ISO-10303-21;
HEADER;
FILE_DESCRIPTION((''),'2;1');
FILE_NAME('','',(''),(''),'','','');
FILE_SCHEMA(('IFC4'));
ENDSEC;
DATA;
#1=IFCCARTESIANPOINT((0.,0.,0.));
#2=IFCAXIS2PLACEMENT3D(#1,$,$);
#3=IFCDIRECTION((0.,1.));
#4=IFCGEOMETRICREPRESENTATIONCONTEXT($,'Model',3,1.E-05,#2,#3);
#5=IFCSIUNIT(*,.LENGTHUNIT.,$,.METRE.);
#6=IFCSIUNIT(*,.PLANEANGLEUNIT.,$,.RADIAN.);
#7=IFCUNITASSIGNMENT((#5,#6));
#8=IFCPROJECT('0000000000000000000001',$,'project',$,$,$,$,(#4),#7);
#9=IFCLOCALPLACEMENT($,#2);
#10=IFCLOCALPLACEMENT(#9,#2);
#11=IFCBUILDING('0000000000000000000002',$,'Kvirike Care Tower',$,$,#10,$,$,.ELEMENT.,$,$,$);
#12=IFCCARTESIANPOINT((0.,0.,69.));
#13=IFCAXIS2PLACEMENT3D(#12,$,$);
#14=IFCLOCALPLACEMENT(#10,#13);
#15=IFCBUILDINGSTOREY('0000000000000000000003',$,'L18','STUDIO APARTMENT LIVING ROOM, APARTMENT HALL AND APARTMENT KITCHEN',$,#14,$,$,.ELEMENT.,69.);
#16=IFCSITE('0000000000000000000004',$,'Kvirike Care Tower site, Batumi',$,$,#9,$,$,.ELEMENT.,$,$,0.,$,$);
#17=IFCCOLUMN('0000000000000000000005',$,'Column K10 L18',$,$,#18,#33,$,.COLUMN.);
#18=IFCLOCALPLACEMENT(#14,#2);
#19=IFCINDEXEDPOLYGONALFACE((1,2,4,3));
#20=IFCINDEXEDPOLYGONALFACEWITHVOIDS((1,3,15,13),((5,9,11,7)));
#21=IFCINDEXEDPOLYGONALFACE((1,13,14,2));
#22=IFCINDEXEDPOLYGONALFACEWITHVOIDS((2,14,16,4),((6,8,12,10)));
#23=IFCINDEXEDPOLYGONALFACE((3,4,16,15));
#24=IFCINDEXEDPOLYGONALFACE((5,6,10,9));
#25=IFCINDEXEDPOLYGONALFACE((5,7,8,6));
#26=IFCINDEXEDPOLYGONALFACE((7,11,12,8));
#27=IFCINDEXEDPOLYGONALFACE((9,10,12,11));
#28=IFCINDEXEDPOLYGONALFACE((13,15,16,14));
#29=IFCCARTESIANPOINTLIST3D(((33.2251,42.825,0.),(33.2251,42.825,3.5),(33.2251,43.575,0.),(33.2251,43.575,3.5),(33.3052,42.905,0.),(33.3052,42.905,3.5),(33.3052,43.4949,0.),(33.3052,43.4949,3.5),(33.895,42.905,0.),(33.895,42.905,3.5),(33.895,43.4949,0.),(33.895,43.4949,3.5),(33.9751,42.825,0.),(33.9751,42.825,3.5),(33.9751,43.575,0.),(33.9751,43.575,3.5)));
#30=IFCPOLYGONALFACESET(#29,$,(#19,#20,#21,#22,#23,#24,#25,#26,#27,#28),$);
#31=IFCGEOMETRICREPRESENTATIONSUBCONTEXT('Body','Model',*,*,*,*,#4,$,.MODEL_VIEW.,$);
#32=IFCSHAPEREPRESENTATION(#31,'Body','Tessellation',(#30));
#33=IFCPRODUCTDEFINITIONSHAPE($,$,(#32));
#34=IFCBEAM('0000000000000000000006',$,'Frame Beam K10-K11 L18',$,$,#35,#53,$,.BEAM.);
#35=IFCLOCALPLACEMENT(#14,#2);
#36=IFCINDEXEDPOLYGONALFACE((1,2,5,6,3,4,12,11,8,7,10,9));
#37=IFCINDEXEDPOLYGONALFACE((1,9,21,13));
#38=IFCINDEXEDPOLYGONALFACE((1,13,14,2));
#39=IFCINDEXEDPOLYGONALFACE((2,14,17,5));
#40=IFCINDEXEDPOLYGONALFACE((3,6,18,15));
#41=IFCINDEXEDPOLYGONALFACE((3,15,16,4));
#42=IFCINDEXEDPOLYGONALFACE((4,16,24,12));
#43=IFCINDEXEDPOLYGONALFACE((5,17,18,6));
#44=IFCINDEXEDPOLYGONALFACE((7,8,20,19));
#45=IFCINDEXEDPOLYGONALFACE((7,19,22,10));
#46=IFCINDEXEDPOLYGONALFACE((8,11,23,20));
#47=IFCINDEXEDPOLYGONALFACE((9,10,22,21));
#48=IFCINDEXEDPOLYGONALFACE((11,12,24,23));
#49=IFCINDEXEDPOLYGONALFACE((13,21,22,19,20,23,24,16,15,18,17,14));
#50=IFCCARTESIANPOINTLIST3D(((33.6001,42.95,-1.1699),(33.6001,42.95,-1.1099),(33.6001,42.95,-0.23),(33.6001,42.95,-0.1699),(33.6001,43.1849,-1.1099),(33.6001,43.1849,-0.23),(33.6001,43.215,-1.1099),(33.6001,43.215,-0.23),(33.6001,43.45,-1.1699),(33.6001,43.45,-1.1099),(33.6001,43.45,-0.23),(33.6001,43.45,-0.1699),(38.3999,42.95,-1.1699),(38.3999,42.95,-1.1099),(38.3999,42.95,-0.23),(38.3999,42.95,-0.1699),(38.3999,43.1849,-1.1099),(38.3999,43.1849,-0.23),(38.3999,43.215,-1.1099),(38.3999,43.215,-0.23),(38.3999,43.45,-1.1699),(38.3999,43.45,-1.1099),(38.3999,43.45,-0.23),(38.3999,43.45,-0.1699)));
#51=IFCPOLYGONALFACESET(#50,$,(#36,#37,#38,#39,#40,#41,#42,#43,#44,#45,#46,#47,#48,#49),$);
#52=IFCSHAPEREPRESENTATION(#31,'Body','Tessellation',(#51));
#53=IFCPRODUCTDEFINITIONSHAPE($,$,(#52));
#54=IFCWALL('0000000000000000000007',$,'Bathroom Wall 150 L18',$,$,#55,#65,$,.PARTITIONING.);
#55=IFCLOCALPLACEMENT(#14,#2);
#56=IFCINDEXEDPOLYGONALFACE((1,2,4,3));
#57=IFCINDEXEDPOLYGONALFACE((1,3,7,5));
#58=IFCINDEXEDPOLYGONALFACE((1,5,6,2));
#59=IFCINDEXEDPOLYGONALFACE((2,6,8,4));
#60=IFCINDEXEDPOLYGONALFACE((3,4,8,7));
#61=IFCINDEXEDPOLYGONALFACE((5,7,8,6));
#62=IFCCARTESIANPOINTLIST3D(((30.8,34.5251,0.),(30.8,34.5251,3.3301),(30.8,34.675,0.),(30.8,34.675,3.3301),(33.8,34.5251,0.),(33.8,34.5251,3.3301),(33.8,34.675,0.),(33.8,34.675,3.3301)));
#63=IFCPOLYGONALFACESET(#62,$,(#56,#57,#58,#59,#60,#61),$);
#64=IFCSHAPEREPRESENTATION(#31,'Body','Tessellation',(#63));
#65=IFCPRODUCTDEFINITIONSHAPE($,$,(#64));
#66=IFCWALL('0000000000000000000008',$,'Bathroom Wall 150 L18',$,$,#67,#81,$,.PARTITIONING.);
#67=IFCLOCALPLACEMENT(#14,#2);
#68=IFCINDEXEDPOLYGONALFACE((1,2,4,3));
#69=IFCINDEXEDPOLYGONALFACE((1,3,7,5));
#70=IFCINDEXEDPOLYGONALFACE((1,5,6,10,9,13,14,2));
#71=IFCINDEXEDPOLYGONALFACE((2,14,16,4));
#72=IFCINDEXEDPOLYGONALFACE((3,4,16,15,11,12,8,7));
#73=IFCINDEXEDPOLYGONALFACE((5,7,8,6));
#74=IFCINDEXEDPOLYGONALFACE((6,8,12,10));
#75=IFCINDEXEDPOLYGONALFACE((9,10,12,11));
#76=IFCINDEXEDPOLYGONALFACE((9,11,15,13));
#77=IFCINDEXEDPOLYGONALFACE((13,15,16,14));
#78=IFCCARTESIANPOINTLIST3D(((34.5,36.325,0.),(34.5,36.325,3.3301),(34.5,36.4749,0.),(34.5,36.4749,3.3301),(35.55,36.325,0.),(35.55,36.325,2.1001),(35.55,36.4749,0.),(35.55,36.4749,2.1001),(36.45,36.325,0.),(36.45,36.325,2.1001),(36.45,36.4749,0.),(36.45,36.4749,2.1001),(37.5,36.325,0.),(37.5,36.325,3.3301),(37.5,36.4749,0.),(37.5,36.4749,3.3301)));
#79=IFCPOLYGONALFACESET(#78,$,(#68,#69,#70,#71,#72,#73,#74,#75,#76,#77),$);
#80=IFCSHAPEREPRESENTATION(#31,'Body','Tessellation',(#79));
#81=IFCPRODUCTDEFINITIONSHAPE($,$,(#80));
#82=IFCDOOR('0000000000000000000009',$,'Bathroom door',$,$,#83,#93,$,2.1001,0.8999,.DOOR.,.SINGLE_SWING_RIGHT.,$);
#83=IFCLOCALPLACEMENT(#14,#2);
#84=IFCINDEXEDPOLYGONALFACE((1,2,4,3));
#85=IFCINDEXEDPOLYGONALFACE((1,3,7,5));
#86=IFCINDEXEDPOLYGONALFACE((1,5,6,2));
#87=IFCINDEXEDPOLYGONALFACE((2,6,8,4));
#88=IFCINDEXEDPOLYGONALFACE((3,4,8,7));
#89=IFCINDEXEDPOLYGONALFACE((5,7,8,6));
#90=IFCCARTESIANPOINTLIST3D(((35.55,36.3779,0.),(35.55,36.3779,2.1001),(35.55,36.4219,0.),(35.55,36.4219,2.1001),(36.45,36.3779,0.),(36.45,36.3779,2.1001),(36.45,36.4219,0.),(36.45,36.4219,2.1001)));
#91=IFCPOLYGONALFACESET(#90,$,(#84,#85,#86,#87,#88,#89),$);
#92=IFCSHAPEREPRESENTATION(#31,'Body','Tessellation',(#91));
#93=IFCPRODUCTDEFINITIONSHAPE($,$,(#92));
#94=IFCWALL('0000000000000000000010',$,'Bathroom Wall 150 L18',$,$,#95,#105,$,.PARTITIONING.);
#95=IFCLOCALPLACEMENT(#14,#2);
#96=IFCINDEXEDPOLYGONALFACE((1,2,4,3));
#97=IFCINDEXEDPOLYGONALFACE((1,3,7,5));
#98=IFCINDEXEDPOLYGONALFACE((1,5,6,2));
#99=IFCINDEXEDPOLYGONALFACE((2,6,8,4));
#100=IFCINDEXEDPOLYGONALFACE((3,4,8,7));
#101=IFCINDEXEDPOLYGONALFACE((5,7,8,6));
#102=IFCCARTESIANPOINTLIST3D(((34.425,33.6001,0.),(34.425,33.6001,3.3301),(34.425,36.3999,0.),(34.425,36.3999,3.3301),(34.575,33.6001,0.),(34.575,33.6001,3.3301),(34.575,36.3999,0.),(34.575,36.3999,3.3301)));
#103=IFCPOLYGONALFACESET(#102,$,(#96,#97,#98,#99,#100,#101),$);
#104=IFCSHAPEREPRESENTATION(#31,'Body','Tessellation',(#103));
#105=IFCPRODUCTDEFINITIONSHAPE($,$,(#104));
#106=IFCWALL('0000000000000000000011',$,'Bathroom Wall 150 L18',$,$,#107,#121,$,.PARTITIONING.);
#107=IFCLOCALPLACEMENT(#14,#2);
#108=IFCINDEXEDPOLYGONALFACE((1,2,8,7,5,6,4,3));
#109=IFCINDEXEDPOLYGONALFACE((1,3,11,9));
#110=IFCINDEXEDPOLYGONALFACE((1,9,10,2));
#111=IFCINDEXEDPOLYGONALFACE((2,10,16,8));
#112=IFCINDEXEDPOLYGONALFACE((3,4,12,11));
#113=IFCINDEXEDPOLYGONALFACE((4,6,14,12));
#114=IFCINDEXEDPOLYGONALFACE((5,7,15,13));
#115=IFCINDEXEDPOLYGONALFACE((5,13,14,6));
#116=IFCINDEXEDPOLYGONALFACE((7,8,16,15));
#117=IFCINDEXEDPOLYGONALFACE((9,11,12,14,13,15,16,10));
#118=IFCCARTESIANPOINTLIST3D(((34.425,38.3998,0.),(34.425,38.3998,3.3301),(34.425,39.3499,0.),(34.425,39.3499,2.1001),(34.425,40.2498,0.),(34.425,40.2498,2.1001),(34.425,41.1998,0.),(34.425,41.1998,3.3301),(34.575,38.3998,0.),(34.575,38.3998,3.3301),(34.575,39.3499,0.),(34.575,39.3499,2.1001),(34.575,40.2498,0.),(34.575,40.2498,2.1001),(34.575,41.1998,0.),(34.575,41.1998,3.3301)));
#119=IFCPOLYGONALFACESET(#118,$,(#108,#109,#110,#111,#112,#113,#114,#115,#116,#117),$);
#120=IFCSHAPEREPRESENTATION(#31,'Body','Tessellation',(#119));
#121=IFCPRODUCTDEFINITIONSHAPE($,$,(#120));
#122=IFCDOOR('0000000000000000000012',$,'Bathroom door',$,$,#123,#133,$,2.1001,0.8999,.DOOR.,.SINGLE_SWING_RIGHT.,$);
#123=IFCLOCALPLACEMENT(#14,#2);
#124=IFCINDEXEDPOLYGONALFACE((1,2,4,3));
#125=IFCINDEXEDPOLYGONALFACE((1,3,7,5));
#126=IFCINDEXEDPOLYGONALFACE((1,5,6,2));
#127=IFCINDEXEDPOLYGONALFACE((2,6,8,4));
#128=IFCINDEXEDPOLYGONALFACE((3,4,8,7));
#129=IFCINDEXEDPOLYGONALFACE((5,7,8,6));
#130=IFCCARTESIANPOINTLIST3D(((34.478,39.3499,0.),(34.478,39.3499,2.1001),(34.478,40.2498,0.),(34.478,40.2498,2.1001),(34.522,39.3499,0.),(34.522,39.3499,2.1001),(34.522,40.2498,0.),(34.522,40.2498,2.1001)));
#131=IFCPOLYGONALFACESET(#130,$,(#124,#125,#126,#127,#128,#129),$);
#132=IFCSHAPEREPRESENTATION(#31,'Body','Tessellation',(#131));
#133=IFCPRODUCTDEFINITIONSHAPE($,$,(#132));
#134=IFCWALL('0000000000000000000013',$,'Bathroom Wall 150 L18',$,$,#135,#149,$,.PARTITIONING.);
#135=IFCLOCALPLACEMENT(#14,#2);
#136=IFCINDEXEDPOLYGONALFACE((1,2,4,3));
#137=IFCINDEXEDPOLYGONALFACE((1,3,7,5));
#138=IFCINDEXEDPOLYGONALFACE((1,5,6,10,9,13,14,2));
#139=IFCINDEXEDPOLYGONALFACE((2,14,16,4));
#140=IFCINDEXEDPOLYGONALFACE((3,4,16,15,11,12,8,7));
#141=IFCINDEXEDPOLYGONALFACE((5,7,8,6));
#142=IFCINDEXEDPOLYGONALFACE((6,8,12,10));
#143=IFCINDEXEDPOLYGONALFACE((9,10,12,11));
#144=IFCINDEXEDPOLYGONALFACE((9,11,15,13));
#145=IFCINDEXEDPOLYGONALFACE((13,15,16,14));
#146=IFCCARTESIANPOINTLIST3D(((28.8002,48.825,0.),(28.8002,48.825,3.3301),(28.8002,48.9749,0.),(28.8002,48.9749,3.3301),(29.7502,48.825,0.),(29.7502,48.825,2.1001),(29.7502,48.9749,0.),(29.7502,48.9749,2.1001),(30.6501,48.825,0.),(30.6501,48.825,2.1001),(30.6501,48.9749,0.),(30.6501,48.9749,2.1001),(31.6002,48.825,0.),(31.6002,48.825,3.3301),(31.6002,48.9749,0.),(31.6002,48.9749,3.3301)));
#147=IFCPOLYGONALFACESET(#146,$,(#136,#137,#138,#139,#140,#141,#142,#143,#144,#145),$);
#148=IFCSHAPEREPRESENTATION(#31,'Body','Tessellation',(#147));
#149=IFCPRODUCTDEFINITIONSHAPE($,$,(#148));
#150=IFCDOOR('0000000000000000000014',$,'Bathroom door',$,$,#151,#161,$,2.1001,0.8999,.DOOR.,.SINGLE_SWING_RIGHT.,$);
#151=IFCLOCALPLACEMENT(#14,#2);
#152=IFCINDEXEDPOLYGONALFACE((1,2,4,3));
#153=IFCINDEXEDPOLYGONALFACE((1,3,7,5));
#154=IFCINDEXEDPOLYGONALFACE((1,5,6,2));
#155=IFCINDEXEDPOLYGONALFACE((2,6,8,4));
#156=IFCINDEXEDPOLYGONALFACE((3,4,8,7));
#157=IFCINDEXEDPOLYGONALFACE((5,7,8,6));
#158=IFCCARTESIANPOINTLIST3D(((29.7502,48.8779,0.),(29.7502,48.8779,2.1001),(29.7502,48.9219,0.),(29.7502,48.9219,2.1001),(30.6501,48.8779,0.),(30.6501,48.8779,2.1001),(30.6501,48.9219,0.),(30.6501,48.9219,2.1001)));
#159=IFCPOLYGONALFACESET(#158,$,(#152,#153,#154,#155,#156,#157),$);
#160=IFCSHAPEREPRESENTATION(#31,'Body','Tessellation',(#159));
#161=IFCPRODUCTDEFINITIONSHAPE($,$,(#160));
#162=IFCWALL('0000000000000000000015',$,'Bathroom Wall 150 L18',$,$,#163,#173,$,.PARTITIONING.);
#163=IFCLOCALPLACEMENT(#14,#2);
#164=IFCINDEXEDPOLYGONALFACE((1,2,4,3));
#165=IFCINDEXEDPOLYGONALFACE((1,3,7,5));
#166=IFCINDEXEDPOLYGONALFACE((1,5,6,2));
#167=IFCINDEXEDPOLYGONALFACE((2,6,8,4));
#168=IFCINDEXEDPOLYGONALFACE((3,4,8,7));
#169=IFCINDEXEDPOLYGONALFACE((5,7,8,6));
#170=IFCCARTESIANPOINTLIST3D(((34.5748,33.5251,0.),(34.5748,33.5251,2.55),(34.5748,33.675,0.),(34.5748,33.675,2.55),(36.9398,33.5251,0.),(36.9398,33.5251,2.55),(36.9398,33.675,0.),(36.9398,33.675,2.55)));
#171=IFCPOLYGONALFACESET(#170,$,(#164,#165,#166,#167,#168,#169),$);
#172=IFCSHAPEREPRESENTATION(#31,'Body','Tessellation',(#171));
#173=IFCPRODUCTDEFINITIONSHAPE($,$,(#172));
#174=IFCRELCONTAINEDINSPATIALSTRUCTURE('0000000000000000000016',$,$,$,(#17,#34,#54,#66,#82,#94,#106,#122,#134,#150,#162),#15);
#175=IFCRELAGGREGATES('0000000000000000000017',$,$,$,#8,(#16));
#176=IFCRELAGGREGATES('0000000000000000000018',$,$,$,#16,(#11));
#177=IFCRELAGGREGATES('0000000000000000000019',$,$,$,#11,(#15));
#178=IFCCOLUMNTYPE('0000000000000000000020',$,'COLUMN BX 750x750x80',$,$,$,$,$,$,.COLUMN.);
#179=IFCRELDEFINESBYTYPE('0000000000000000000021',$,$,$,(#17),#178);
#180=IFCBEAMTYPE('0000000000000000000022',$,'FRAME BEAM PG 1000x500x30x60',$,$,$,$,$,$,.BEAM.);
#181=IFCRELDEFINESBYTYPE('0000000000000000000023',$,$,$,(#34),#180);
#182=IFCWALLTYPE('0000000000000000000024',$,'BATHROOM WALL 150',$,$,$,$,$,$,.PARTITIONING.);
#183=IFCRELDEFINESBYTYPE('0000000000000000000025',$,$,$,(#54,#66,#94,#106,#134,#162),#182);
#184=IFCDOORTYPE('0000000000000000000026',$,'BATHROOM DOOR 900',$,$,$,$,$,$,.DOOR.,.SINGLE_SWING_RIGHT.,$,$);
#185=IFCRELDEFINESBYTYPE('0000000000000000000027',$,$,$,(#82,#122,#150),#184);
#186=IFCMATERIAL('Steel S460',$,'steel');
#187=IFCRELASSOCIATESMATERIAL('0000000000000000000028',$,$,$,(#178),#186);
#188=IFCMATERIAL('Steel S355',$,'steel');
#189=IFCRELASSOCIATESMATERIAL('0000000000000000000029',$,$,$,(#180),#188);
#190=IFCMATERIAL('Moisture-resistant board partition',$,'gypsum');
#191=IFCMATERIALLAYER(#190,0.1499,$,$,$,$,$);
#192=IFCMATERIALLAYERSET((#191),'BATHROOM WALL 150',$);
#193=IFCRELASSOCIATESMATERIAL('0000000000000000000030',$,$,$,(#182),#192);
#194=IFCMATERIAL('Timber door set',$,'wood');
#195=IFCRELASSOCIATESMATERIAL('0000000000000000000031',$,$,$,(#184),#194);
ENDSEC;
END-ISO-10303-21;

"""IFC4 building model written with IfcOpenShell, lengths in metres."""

from ifc_helpers import new_model, si_unit, direction, frame, frame_2d, origin, origin_2d, place, context, subcontext, project, spatial, rectangle, hollow_rectangle, i_section, extrude, material, layer, layer_set, material_profile, profile_set, type_object, element, fill, save


model = new_model("IFC4")

# Units and contexts
model_context = context("Model", 3, precision=1e-05, world=origin(), true_north=direction((0.0, 1.0)))
body_context = subcontext(model_context, "Body", "Model", "MODEL_VIEW")
ifc_project = project(units=[si_unit("LENGTHUNIT", "METRE"), si_unit("PLANEANGLEUNIT", "RADIAN")], contexts=[model_context])

# Site, building, storey
site_placement = place(None, origin())
site = spatial("IfcSite", under=ifc_project, at=site_placement, Name="Kvirike Care Tower site, Batumi", CompositionType="ELEMENT", RefElevation=0.0)
building_placement = place(site_placement, origin())
building = spatial("IfcBuilding", under=site, at=building_placement, Name="Kvirike Care Tower", CompositionType="ELEMENT")
storey_placement = place(building_placement, frame((0.0, 0.0, 69.0)))
storey = spatial("IfcBuildingStorey", under=building, at=storey_placement, Name="L18", Description="STUDIO APARTMENT LIVING ROOM, APARTMENT HALL AND APARTMENT KITCHEN", CompositionType="ELEMENT", Elevation=69.0)

# Column
ifc_material_1 = material(Name="Steel S460", Category="steel")
ifc_material_profile_1 = material_profile(ifc_material_1, hollow_rectangle(XDim=0.75, YDim=0.75, WallThickness=0.0801, at=origin_2d()), Name="BX 750x750x80")
ifc_profile_set_1 = profile_set([ifc_material_profile_1], Name="Steel S460")
column_type = type_object("IfcColumnType", Name="COLUMN BX 750x750x80", PredefinedType="COLUMN", material=ifc_profile_set_1)
column_placement = place(storey_placement, frame((33.6001, 43.2, 0.0), z_axis=(0.0, 0.0, 1.0), x_axis=(0.0, 1.0, 0.0)))
element("IfcColumn", 1, at=column_placement, inside=storey, type_object=column_type, Name="Column K10 L18", PredefinedType="COLUMN", context=body_context, shape_type="SweptSolid", body=[
    extrude(hollow_rectangle(XDim=0.75, YDim=0.75, WallThickness=0.0801, at=origin_2d()), origin(), (0.0, 0.0, 1.0), 3.5),
])

# Beam
ifc_material_2 = material(Name="Steel S355", Category="steel")
ifc_material_profile_2 = material_profile(ifc_material_2, i_section(OverallWidth=0.5, OverallDepth=1.0, WebThickness=0.03, FlangeThickness=0.0601, at=origin_2d()), Name="PG 1000x500x30x60")
ifc_profile_set_2 = profile_set([ifc_material_profile_2], Name="Steel S355")
beam_type = type_object("IfcBeamType", Name="FRAME BEAM PG 1000x500x30x60", PredefinedType="BEAM", material=ifc_profile_set_2)
beam_placement = place(storey_placement, frame((33.6001, 43.2, -0.6699), z_axis=(1.0, 0.0, 0.0), x_axis=(0.0, 1.0, 0.0)))
element("IfcBeam", 2, at=beam_placement, inside=storey, type_object=beam_type, Name="Frame Beam K10-K11 L18", PredefinedType="BEAM", context=body_context, shape_type="SweptSolid", body=[
    extrude(i_section(OverallWidth=0.5, OverallDepth=1.0, WebThickness=0.03, FlangeThickness=0.0601, at=origin_2d()), origin(), (0.0, 0.0, 1.0), 4.7998),
])

# Wall
ifc_material_3 = material(Name="Moisture-resistant board partition", Category="gypsum")
ifc_layer_1 = layer(ifc_material_3, 0.1499)
ifc_layer_set_1 = layer_set([ifc_layer_1], Name="BATHROOM WALL 150")
wall_type_1 = type_object("IfcWallType", Name="BATHROOM WALL 150", PredefinedType="PARTITIONING", material=ifc_layer_set_1)
wall_1_placement = place(storey_placement, frame((33.8, 34.6001, 0.0), z_axis=(0.0, 0.0, 1.0), x_axis=(-1.0, 0.0, 0.0)))
element("IfcWall", 3, at=wall_1_placement, inside=storey, type_object=wall_type_1, Name="Bathroom Wall 150 L18", PredefinedType="PARTITIONING", context=body_context, shape_type="SweptSolid", body=[
    extrude(rectangle(XDim=3.0, YDim=0.1499, at=frame_2d((1.5, 0.0))), origin(), (0.0, 0.0, 1.0), 3.3301),
])

# Wall, opening, door
wall_2_placement = place(storey_placement, frame((37.5, 36.3999, 0.0), z_axis=(0.0, 0.0, 1.0), x_axis=(-1.0, 0.0, 0.0)))
wall_2 = element("IfcWall", 4, at=wall_2_placement, inside=storey, type_object=wall_type_1, Name="Bathroom Wall 150 L18", PredefinedType="PARTITIONING", context=body_context, shape_type="SweptSolid", body=[
    extrude(rectangle(XDim=3.0, YDim=0.1499, at=frame_2d((1.5, 0.0))), origin(), (0.0, 0.0, 1.0), 3.3301),
])
opening_1_placement = place(wall_2_placement, frame((1.05, 0.0, 0.0)))
opening_1 = element("IfcOpeningElement", 5, at=opening_1_placement, cuts=wall_2, PredefinedType="OPENING", context=body_context, shape_type="SweptSolid", body=[
    extrude(rectangle(XDim=0.8999, YDim=2.1001, at=frame_2d((0.45, 1.05))), frame((0.0, 0.0854, 0.0), z_axis=(0.0, -1.0, 0.0), x_axis=(1.0, 0.0, 0.0)), (0.0, 0.0, 1.0), 0.1709),
])
ifc_material_4 = material(Name="Timber door set", Category="wood")
door_type_1 = type_object("IfcDoorType", Name="BATHROOM DOOR 900", OperationType="SINGLE_SWING_RIGHT", PredefinedType="DOOR", material=ifc_material_4)
door_1_placement = place(opening_1_placement, origin())
door_1 = element("IfcDoor", 6, at=door_1_placement, inside=storey, type_object=door_type_1, Name="Bathroom door", OperationType="SINGLE_SWING_RIGHT", OverallHeight=2.1001, OverallWidth=0.8999, PredefinedType="DOOR", context=body_context, shape_type="SweptSolid", body=[
    extrude(rectangle(XDim=0.8999, YDim=2.1001, at=frame_2d((0.45, 1.05))), frame((0.0, 0.022, 0.0), z_axis=(0.0, -1.0, 0.0), x_axis=(1.0, 0.0, 0.0)), (0.0, 0.0, 1.0), 0.0439),
])
fill(opening_1, door_1)

# Wall
wall_3_placement = place(storey_placement, frame((34.5, 33.6001, 0.0), z_axis=(0.0, 0.0, 1.0), x_axis=(0.0, 1.0, 0.0)))
element("IfcWall", 7, at=wall_3_placement, inside=storey, type_object=wall_type_1, Name="Bathroom Wall 150 L18", PredefinedType="PARTITIONING", context=body_context, shape_type="SweptSolid", body=[
    extrude(rectangle(XDim=2.7998, YDim=0.1499, at=frame_2d((1.3999, 0.0))), origin(), (0.0, 0.0, 1.0), 3.3301),
])

# Walls, openings, doors
wall_4_placement = place(storey_placement, frame((34.5, 38.3999, 0.0), z_axis=(0.0, 0.0, 1.0), x_axis=(0.0, 1.0, 0.0)))
wall_4 = element("IfcWall", 8, at=wall_4_placement, inside=storey, type_object=wall_type_1, Name="Bathroom Wall 150 L18", PredefinedType="PARTITIONING", context=body_context, shape_type="SweptSolid", body=[
    extrude(rectangle(XDim=2.8, YDim=0.1499, at=frame_2d((1.3999, 0.0))), origin(), (0.0, 0.0, 1.0), 3.3301),
])
opening_2_placement = place(wall_4_placement, frame((0.95, 0.0, 0.0)))
opening_2 = element("IfcOpeningElement", 9, at=opening_2_placement, cuts=wall_4, PredefinedType="OPENING", context=body_context, shape_type="SweptSolid", body=[
    extrude(rectangle(XDim=0.8999, YDim=2.1001, at=frame_2d((0.45, 1.05))), frame((0.0, 0.0854, 0.0), z_axis=(0.0, -1.0, 0.0), x_axis=(1.0, 0.0, 0.0)), (0.0, 0.0, 1.0), 0.1709),
])
door_2_placement = place(opening_2_placement, frame((0.8999, 0.0, 0.0), z_axis=(0.0, 0.0, 1.0), x_axis=(-1.0, 0.0, 0.0)))
door_2 = element("IfcDoor", 10, at=door_2_placement, inside=storey, type_object=door_type_1, Name="Bathroom door", OperationType="SINGLE_SWING_RIGHT", OverallHeight=2.1001, OverallWidth=0.8999, PredefinedType="DOOR", context=body_context, shape_type="SweptSolid", body=[
    extrude(rectangle(XDim=0.8999, YDim=2.1001, at=frame_2d((0.45, 1.05))), frame((0.0, 0.022, 0.0), z_axis=(0.0, -1.0, 0.0), x_axis=(1.0, 0.0, 0.0)), (0.0, 0.0, 1.0), 0.0439),
])
fill(opening_2, door_2)
wall_5_placement = place(storey_placement, frame((31.6001, 48.8999, 0.0), z_axis=(0.0, 0.0, 1.0), x_axis=(-1.0, 0.0, 0.0)))
wall_5 = element("IfcWall", 11, at=wall_5_placement, inside=storey, type_object=wall_type_1, Name="Bathroom Wall 150 L18", PredefinedType="PARTITIONING", context=body_context, shape_type="SweptSolid", body=[
    extrude(rectangle(XDim=2.8, YDim=0.1499, at=frame_2d((1.3999, 0.0))), origin(), (0.0, 0.0, 1.0), 3.3301),
])
opening_3_placement = place(wall_5_placement, frame((0.95, 0.0, 0.0)))
opening_3 = element("IfcOpeningElement", 12, at=opening_3_placement, cuts=wall_5, PredefinedType="OPENING", context=body_context, shape_type="SweptSolid", body=[
    extrude(rectangle(XDim=0.8999, YDim=2.1001, at=frame_2d((0.45, 1.05))), frame((0.0, 0.0854, 0.0), z_axis=(0.0, -1.0, 0.0), x_axis=(1.0, 0.0, 0.0)), (0.0, 0.0, 1.0), 0.1709),
])
door_3_placement = place(opening_3_placement, frame((0.8999, 0.0, 0.0), z_axis=(0.0, 0.0, 1.0), x_axis=(-1.0, 0.0, 0.0)))
door_3 = element("IfcDoor", 13, at=door_3_placement, inside=storey, type_object=door_type_1, Name="Bathroom door", OperationType="SINGLE_SWING_RIGHT", OverallHeight=2.1001, OverallWidth=0.8999, PredefinedType="DOOR", context=body_context, shape_type="SweptSolid", body=[
    extrude(rectangle(XDim=0.8999, YDim=2.1001, at=frame_2d((0.45, 1.05))), frame((0.0, 0.022, 0.0), z_axis=(0.0, -1.0, 0.0), x_axis=(1.0, 0.0, 0.0)), (0.0, 0.0, 1.0), 0.0439),
])
fill(opening_3, door_3)

# Wall
wall_6_placement = place(storey_placement, frame((36.9399, 33.6001, 0.0), z_axis=(0.0, 0.0, 1.0), x_axis=(-1.0, 0.0, 0.0)))
element("IfcWall", 14, at=wall_6_placement, inside=storey, type_object=wall_type_1, Name="Bathroom Wall 150 L18", PredefinedType="PARTITIONING", context=body_context, shape_type="SweptSolid", body=[
    extrude(rectangle(XDim=2.365, YDim=0.1499, at=frame_2d((1.1826, 0.0))), origin(), (0.0, 0.0, 1.0), 2.55),
])

save(model, "model.ifc")
